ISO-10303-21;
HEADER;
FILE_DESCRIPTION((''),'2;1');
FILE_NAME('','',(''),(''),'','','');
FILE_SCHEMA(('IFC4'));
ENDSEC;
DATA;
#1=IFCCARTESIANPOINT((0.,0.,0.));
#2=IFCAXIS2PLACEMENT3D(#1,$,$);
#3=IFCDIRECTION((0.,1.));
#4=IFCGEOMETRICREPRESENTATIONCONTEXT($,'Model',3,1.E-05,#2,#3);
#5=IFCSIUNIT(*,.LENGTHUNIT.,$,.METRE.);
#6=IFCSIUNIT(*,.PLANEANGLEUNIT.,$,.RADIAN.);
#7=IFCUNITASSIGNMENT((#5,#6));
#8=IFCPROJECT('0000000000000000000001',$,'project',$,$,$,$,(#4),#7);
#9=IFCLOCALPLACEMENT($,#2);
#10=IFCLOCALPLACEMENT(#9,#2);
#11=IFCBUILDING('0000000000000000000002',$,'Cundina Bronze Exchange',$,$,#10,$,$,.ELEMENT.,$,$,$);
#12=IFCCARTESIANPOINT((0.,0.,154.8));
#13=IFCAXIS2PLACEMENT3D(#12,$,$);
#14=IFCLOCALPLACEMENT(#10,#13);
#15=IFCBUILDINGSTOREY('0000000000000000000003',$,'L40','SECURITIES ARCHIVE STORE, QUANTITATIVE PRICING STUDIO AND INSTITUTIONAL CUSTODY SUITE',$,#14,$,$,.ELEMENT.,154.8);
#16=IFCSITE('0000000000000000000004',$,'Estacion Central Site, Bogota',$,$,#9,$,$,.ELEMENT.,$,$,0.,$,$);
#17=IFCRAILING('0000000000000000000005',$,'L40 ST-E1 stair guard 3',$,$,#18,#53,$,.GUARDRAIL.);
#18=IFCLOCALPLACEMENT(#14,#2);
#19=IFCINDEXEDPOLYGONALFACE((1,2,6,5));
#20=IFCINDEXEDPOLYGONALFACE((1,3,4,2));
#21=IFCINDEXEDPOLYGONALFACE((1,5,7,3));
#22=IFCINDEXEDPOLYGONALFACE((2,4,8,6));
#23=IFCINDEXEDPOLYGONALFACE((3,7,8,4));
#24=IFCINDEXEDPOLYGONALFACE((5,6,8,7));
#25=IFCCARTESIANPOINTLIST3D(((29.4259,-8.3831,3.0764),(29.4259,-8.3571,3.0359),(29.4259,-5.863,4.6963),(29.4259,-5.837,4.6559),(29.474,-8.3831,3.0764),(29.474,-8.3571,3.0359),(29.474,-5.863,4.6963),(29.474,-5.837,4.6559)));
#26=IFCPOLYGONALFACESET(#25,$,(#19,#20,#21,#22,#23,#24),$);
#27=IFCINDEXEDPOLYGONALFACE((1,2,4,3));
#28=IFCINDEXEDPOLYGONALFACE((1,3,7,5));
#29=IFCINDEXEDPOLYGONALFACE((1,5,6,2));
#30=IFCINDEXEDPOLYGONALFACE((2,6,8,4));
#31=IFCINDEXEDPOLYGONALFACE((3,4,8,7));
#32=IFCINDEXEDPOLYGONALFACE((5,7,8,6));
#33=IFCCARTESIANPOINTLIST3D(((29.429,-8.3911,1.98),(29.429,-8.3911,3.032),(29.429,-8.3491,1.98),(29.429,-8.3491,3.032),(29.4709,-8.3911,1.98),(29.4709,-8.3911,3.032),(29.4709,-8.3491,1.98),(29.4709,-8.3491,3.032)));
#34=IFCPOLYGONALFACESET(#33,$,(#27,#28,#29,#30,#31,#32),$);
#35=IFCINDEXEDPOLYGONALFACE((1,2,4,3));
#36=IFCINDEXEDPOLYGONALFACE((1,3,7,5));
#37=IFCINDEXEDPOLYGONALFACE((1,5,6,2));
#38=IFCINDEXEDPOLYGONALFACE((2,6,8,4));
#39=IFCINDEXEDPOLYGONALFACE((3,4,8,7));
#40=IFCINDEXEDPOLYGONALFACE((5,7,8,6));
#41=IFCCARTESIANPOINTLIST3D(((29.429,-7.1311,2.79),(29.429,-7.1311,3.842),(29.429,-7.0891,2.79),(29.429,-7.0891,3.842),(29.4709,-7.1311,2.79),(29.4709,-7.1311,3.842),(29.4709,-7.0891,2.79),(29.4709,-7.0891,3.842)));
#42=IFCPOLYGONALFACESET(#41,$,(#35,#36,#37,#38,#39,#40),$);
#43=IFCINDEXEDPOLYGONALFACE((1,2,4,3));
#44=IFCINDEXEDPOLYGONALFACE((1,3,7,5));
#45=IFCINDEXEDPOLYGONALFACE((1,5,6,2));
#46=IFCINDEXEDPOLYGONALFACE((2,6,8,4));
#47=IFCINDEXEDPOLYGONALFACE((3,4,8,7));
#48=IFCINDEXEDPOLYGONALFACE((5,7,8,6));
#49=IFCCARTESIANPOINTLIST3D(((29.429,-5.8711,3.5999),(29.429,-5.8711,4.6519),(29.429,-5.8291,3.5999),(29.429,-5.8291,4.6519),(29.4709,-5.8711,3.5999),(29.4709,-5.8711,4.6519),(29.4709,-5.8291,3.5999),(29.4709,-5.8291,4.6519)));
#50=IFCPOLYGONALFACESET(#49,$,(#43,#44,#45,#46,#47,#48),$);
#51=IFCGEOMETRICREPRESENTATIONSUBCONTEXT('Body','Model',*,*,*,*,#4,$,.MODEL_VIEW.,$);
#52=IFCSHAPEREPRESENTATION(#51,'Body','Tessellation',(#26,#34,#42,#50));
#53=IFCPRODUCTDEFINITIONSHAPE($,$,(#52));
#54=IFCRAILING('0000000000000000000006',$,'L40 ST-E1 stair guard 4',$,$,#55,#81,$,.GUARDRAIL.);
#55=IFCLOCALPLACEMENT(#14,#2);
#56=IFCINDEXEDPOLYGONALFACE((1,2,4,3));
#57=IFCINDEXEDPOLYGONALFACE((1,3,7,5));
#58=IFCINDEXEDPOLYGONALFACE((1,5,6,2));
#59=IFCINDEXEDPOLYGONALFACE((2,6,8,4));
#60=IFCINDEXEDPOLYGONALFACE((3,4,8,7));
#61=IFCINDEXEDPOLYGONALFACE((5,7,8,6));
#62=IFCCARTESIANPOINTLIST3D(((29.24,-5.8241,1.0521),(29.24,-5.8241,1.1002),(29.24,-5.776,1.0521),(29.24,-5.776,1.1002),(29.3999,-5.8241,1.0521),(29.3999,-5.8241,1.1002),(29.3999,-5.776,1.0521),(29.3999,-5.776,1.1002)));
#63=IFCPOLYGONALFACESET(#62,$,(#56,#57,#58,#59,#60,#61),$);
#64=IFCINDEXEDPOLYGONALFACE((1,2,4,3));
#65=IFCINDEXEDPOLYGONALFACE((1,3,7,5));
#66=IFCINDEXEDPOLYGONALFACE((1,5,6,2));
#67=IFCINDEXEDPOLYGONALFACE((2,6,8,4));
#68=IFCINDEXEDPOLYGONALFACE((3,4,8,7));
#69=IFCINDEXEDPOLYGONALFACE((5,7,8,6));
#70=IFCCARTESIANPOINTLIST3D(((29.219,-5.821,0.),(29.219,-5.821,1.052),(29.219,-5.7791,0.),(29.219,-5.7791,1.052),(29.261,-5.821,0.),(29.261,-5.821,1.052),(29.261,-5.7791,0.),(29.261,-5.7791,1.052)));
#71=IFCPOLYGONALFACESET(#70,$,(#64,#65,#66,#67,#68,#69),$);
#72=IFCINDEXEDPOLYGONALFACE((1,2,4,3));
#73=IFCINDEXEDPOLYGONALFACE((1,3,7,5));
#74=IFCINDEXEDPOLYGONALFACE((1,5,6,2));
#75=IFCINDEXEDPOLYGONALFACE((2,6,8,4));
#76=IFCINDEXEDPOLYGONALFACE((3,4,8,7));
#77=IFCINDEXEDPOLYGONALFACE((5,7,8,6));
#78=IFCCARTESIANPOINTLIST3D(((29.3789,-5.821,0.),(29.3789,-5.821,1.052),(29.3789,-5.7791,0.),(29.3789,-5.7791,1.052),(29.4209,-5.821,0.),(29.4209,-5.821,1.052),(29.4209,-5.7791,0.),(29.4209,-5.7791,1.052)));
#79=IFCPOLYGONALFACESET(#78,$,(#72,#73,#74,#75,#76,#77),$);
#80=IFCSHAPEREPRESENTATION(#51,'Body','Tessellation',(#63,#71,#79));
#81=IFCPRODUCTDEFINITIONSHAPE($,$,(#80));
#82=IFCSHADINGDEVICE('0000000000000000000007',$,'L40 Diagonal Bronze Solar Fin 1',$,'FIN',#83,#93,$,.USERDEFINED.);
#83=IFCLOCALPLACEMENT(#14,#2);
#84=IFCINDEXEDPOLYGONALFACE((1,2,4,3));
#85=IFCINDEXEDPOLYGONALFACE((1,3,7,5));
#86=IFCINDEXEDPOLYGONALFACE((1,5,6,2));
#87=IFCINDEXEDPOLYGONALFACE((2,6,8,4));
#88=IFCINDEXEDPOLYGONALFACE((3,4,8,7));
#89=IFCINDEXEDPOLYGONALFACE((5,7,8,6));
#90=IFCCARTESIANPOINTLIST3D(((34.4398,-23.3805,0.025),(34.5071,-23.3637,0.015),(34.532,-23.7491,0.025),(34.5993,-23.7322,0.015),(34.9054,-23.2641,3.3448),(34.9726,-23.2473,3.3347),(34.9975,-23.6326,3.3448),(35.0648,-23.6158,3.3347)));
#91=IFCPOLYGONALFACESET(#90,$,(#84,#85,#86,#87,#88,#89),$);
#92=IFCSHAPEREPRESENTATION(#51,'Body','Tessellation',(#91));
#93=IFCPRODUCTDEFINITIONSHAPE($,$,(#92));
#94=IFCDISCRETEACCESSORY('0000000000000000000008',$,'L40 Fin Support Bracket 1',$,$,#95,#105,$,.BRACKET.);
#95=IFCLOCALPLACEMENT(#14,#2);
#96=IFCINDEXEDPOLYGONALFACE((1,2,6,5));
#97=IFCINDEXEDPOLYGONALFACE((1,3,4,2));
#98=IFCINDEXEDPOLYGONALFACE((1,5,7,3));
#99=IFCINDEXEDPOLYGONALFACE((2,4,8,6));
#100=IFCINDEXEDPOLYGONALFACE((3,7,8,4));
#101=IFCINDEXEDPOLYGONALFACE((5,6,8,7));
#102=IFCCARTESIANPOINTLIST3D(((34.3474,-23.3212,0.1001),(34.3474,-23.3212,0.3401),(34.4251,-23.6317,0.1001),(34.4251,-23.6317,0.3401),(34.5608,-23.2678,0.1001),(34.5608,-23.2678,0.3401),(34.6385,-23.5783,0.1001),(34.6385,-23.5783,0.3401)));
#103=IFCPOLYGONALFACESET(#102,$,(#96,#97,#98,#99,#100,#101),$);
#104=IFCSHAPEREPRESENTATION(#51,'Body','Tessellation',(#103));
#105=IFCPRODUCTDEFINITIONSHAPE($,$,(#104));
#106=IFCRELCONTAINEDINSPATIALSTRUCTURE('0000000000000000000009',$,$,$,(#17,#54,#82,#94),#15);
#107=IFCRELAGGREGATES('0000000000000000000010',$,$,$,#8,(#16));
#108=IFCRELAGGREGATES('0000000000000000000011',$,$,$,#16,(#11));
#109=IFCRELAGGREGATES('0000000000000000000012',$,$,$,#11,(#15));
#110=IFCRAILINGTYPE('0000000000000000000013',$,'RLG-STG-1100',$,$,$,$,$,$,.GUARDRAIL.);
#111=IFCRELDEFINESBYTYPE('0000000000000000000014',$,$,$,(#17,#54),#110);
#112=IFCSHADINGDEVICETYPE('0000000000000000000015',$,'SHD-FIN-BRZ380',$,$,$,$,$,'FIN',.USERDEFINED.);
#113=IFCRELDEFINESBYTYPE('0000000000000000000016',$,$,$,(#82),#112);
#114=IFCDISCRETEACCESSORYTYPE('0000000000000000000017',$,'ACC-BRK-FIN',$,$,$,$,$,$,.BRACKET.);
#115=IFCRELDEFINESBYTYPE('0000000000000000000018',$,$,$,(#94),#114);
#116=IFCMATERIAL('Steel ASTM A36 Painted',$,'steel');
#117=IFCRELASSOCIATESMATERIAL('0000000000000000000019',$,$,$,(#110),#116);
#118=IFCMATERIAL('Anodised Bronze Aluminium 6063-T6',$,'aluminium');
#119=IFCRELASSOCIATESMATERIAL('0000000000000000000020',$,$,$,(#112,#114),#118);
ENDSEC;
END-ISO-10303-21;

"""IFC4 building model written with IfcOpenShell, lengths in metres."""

from ifc_helpers import new_model, si_unit, direction, frame, origin, origin_2d, place, context, subcontext, project, spatial, rectangle, extrude, material, material_profile, profile_set, type_object, element, save


model = new_model("IFC4")

# Units and contexts
model_context = context("Model", 3, precision=1e-05, world=origin(), true_north=direction((0.0, 1.0)))
body_context = subcontext(model_context, "Body", "Model", "MODEL_VIEW")
ifc_project = project(units=[si_unit("LENGTHUNIT", "METRE"), si_unit("PLANEANGLEUNIT", "RADIAN")], contexts=[model_context])

# Site, building, storey
site_placement = place(None, origin())
site = spatial("IfcSite", under=ifc_project, at=site_placement, Name="Estacion Central Site, Bogota", CompositionType="ELEMENT", RefElevation=0.0)
building_placement = place(site_placement, origin())
building = spatial("IfcBuilding", under=site, at=building_placement, Name="Cundina Bronze Exchange", CompositionType="ELEMENT")
storey_placement = place(building_placement, frame((0.0, 0.0, 154.8)))
storey = spatial("IfcBuildingStorey", under=building, at=storey_placement, Name="L40", Description="SECURITIES ARCHIVE STORE, QUANTITATIVE PRICING STUDIO AND INSTITUTIONAL CUSTODY SUITE", CompositionType="ELEMENT", Elevation=154.8)

# Shared definitions
ifc_material_1 = material(Name="Anodised Bronze Aluminium 6063-T6", Category="aluminium")

# Railings
ifc_material_2 = material(Name="Steel ASTM A36 Painted", Category="steel")
railing_type_1 = type_object("IfcRailingType", Name="RLG-STG-1100", PredefinedType="GUARDRAIL", material=ifc_material_2)
railing_1_placement = place(storey_placement, frame((29.45, -8.3701, 1.98)))
element("IfcRailing", 1, at=railing_1_placement, inside=storey, type_object=railing_type_1, Name="L40 ST-E1 stair guard 3", PredefinedType="GUARDRAIL", context=body_context, shape_type="SweptSolid", body=[
    extrude(rectangle(XDim=0.0481, YDim=0.0481, at=origin_2d()), frame((0.0, 0.0, 1.0762), z_axis=(0.0, 0.8412, 0.540725), x_axis=(-1.0, 0.0, 0.0)), (0.0, 0.0, 1.0), 2.9958),
    extrude(rectangle(XDim=0.042, YDim=0.042, at=origin_2d()), origin(), (0.0, 0.0, 1.0), 1.052),
    extrude(rectangle(XDim=0.042, YDim=0.042, at=origin_2d()), frame((0.0, 1.26, 0.8101)), (0.0, 0.0, 1.0), 1.052),
    extrude(rectangle(XDim=0.042, YDim=0.042, at=origin_2d()), frame((0.0, 2.52, 1.6199)), (0.0, 0.0, 1.0), 1.052),
])
railing_2_placement = place(storey_placement, frame((29.24, -5.8, 0.0)))
element("IfcRailing", 2, at=railing_2_placement, inside=storey, type_object=railing_type_1, Name="L40 ST-E1 stair guard 4", PredefinedType="GUARDRAIL", context=body_context, shape_type="SweptSolid", body=[
    extrude(rectangle(XDim=0.0481, YDim=0.0481, at=origin_2d()), frame((0.0, 0.0, 1.0762), z_axis=(1.0, 0.0, 0.0), x_axis=(0.0, 1.0, 0.0)), (0.0, 0.0, 1.0), 0.1599),
    extrude(rectangle(XDim=0.042, YDim=0.042, at=origin_2d()), origin(), (0.0, 0.0, 1.0), 1.052),
    extrude(rectangle(XDim=0.042, YDim=0.042, at=origin_2d()), frame((0.1599, 0.0, 0.0)), (0.0, 0.0, 1.0), 1.052),
])

# Shading device
ifc_material_profile_1 = material_profile(ifc_material_1, rectangle(XDim=0.0701, YDim=0.3799, at=origin_2d()), Name="FIN70X380", Category="aluminium")
ifc_profile_set_1 = profile_set([ifc_material_profile_1], Name="Anodised Bronze Aluminium 6063-T6")
shading_device_type = type_object("IfcShadingDeviceType", Name="SHD-FIN-BRZ380", ElementType="FIN", PredefinedType="USERDEFINED", material=ifc_profile_set_1)
shading_device_placement = place(storey_placement, frame((34.5195, -23.5564, 0.02), z_axis=(0.138798, 0.034718, 0.989712), x_axis=(-0.960132, -0.240159, 0.143075)))
element("IfcShadingDevice", 3, at=shading_device_placement, inside=storey, type_object=shading_device_type, Name="L40 Diagonal Bronze Solar Fin 1", ObjectType="FIN", PredefinedType="USERDEFINED", context=body_context, shape_type="SweptSolid", body=[
    extrude(rectangle(XDim=0.0701, YDim=0.3799, at=origin_2d()), origin(), (0.0, 0.0, 1.0), 3.3542),
])

# Discrete accessory
discrete_accessory_type = type_object("IfcDiscreteAccessoryType", Name="ACC-BRK-FIN", PredefinedType="BRACKET", material=ifc_material_1)
discrete_accessory_placement = place(storey_placement, frame((34.4929, -23.4497, 0.1001), z_axis=(0.0, 0.0, 1.0), x_axis=(0.970093, 0.242735, 0.0)))
element("IfcDiscreteAccessory", 4, at=discrete_accessory_placement, inside=storey, type_object=discrete_accessory_type, Name="L40 Fin Support Bracket 1", PredefinedType="BRACKET", context=body_context, shape_type="SweptSolid", body=[
    extrude(rectangle(XDim=0.22, YDim=0.3201, at=origin_2d()), origin(), (0.0, 0.0, 1.0), 0.24),
])

save(model, "model.ifc")
